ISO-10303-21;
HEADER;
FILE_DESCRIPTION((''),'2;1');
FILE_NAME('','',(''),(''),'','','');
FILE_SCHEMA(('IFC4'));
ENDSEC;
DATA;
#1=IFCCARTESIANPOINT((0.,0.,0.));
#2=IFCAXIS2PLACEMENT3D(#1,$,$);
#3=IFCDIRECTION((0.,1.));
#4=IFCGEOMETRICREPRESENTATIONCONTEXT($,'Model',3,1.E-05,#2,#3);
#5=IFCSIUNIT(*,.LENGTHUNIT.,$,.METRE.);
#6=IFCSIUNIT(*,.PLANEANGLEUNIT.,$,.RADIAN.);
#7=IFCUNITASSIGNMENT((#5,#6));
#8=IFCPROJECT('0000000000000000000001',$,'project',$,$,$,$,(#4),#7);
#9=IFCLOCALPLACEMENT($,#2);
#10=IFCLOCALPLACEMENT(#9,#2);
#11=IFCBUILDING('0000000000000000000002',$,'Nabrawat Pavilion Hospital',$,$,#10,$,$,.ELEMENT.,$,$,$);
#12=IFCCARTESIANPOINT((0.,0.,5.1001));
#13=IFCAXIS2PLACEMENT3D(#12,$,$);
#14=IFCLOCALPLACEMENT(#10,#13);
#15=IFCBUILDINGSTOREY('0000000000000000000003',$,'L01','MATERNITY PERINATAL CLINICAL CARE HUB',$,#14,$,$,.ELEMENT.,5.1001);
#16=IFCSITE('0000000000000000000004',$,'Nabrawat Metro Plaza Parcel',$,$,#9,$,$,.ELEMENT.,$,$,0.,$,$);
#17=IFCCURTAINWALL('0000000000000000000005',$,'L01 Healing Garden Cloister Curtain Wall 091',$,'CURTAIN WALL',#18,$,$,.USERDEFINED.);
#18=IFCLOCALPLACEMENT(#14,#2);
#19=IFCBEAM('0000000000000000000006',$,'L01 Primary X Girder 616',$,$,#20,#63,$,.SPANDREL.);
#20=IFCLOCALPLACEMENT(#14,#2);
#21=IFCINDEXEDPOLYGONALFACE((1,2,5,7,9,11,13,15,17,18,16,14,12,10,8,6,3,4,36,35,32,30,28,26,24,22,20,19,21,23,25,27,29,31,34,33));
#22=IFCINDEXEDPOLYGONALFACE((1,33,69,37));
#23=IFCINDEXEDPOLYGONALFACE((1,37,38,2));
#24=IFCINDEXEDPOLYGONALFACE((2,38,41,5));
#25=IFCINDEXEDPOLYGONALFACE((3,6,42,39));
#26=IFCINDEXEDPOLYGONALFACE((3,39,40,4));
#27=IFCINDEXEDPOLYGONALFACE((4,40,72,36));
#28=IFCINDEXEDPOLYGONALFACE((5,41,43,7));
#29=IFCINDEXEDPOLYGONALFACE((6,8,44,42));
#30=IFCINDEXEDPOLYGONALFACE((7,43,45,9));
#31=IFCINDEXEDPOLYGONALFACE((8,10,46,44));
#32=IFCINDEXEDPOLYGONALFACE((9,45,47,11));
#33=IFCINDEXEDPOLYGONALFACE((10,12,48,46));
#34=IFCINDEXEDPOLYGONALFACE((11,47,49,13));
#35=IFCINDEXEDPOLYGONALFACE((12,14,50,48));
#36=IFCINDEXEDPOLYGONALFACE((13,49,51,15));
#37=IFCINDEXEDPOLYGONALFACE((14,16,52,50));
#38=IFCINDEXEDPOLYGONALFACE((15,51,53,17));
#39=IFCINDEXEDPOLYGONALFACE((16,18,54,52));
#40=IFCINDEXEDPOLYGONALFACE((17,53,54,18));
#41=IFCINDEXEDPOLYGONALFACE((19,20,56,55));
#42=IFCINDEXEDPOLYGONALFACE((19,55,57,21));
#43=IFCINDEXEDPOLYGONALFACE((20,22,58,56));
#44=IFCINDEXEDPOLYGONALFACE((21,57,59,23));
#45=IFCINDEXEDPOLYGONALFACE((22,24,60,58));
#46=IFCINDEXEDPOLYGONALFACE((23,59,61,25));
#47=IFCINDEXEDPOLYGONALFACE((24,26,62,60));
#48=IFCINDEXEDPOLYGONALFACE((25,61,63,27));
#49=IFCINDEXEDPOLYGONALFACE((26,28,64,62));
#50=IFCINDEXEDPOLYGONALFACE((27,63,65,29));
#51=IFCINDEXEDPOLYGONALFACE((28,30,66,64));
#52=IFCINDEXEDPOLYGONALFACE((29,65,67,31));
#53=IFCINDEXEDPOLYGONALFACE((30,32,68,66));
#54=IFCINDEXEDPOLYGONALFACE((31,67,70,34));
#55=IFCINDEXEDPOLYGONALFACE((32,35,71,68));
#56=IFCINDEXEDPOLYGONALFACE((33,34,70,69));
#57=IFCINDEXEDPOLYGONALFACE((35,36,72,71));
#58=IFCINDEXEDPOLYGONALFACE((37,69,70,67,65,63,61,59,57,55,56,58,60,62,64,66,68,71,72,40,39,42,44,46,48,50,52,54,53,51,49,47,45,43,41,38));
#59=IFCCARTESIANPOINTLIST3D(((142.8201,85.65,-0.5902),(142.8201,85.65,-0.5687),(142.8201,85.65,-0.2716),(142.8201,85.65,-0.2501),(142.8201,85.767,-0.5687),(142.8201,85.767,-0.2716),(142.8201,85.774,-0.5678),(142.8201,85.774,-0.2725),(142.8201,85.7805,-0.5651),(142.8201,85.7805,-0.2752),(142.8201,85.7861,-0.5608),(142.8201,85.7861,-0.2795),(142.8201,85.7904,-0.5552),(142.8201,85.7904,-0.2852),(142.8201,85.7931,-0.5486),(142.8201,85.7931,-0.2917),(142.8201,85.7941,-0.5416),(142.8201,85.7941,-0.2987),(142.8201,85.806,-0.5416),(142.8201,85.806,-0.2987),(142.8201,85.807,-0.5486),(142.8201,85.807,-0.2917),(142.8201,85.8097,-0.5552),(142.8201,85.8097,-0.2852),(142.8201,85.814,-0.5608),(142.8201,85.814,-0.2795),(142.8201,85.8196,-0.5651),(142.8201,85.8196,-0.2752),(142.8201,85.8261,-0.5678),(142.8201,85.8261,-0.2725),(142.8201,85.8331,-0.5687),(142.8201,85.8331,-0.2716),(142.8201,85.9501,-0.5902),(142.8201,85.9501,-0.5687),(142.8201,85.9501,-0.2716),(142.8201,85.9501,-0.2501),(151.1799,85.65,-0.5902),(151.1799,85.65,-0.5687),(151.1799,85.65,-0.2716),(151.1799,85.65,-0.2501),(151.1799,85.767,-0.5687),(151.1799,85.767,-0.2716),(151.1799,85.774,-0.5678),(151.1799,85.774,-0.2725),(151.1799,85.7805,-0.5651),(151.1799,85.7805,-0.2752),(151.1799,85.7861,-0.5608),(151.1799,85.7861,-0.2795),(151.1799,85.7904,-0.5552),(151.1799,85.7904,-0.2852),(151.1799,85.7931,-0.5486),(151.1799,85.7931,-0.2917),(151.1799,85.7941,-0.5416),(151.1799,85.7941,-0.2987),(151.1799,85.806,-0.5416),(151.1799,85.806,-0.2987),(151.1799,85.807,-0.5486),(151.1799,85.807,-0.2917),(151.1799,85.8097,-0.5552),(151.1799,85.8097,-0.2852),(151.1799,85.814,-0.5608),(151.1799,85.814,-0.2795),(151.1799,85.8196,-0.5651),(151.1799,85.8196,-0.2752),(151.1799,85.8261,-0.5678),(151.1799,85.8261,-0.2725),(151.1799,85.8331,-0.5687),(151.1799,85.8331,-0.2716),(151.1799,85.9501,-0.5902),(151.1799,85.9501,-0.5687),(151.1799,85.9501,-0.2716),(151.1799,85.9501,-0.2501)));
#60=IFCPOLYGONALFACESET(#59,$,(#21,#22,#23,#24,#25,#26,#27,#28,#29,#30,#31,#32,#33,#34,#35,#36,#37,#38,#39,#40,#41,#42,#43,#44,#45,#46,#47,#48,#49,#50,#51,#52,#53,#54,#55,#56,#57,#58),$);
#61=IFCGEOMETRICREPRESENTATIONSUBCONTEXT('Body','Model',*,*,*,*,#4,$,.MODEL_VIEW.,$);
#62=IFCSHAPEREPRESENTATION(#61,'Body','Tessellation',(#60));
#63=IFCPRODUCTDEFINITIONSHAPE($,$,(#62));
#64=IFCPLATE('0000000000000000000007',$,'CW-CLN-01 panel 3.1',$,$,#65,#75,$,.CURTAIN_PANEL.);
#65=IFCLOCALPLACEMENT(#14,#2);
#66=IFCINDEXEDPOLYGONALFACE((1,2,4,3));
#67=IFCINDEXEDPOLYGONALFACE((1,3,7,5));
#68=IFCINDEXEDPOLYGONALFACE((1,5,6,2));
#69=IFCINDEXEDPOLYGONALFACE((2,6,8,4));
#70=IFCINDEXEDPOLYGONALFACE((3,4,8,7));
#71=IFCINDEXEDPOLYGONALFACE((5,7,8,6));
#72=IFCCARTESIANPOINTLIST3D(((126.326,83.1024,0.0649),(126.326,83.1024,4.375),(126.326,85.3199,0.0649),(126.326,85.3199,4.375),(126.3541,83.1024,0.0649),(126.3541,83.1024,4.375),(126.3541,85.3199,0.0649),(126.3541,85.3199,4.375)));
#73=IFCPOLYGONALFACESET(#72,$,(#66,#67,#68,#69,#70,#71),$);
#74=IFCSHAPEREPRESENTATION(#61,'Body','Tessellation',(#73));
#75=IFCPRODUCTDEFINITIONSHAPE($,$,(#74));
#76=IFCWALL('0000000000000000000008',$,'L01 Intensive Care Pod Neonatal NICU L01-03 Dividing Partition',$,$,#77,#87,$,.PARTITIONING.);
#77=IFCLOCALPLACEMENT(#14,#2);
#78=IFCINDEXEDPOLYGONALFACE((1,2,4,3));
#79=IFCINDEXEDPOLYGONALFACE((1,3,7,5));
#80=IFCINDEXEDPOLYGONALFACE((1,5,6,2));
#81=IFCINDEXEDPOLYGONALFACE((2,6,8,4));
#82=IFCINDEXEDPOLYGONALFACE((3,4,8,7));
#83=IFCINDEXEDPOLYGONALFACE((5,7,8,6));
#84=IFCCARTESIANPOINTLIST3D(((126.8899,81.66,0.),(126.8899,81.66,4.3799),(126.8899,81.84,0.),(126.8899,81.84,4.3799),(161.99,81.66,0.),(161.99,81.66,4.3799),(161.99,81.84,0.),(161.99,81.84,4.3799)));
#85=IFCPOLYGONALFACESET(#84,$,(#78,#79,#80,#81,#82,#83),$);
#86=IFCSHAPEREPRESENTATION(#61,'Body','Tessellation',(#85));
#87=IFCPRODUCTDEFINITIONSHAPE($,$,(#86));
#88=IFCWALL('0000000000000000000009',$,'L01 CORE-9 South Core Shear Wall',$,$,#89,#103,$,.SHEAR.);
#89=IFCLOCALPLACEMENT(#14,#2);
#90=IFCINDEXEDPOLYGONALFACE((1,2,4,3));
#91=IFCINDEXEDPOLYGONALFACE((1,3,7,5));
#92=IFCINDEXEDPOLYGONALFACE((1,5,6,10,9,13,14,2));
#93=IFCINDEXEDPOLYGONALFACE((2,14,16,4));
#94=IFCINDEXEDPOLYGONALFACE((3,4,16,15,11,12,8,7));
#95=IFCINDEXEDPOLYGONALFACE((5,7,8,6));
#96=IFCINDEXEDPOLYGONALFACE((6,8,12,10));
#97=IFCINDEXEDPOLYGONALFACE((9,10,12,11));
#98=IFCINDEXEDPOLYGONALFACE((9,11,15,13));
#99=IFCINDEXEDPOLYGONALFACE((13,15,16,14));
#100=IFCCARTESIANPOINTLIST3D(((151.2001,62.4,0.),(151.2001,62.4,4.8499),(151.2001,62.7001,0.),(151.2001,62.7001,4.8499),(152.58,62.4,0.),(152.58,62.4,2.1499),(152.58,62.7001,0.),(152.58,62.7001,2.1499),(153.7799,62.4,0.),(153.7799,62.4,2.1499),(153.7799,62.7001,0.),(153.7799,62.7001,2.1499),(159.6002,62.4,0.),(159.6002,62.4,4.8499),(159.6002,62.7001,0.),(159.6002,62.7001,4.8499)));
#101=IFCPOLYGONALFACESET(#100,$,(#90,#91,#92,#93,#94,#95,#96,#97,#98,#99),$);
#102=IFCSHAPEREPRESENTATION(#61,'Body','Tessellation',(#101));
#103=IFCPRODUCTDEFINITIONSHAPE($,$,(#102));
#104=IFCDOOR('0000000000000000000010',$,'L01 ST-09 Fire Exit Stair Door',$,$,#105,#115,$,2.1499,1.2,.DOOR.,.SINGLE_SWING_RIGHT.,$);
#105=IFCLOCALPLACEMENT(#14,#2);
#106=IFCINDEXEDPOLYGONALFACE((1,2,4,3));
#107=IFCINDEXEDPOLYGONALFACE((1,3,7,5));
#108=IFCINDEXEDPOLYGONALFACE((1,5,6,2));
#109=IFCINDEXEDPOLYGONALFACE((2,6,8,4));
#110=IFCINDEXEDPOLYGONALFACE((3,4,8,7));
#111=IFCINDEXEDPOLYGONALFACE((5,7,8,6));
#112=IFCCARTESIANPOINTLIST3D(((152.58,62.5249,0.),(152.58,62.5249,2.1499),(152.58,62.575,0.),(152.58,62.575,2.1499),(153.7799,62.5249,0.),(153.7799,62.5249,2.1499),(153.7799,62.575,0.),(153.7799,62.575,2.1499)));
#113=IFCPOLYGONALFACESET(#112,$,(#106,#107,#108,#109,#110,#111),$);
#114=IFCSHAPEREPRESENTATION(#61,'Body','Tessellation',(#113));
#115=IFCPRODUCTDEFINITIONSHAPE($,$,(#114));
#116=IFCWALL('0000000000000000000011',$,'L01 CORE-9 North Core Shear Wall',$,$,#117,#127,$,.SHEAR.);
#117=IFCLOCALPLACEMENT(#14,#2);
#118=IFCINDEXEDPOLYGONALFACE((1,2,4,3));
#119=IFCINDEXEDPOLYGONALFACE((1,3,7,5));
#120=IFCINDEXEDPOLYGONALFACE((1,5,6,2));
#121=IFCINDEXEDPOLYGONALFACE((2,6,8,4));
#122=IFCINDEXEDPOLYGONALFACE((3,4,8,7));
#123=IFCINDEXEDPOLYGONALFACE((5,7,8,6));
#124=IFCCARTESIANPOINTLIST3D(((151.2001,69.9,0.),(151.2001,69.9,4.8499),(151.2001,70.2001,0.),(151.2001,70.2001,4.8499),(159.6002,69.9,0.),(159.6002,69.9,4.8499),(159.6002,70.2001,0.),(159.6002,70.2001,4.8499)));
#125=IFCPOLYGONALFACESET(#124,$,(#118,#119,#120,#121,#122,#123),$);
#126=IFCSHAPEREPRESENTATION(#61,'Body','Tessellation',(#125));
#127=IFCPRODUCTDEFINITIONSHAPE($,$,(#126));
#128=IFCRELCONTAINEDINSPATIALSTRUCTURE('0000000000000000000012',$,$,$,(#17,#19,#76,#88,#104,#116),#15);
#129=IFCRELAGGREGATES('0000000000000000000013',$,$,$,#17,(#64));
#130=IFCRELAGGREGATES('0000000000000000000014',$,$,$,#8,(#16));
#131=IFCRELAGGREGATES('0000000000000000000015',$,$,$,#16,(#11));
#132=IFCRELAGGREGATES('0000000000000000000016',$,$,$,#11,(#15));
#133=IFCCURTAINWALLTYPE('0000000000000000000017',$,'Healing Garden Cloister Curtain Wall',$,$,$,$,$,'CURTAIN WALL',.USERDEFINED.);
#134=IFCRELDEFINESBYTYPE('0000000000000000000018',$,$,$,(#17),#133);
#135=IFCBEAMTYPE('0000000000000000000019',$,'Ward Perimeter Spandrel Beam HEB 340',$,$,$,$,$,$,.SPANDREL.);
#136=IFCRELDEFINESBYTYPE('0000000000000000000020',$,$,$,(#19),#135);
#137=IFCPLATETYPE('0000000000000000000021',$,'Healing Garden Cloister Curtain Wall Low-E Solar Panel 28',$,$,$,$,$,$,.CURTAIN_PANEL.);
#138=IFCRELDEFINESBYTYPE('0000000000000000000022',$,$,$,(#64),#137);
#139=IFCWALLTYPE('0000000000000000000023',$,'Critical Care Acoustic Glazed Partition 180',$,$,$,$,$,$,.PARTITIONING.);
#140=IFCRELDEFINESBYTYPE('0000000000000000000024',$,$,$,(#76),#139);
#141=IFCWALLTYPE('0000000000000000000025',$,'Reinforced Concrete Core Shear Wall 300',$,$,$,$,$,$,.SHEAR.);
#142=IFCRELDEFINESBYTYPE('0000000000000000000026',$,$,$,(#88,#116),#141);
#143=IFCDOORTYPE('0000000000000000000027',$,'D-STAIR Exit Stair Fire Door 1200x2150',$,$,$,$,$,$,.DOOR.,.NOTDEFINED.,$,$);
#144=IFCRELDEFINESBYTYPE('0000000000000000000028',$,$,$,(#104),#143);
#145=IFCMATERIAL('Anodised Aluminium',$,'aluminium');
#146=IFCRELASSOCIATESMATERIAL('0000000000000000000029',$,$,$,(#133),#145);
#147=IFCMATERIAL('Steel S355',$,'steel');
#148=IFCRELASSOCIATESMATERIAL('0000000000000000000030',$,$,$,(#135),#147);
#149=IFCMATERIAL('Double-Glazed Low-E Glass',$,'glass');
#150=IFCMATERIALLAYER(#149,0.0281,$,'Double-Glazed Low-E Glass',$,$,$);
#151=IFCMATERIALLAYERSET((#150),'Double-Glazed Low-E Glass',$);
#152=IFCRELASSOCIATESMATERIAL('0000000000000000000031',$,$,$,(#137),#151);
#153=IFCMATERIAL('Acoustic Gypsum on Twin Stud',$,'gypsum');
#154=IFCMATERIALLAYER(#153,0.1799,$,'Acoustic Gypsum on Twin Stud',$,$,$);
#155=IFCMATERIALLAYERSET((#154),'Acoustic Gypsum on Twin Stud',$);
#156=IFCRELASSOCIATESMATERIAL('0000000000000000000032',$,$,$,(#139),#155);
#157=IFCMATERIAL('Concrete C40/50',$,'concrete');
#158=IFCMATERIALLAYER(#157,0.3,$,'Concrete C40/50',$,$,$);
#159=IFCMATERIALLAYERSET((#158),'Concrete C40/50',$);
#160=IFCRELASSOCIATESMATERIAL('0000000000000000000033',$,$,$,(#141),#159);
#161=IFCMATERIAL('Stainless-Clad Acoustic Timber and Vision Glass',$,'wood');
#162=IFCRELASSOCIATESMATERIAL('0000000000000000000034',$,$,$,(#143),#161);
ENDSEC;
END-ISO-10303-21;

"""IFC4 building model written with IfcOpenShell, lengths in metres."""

from ifc_helpers import new_model, si_unit, direction, frame, frame_2d, origin, origin_2d, place, context, subcontext, project, spatial, rectangle, i_section, extrude, material, layer, layer_set, material_profile, profile_set, type_object, element, fill, aggregate, save


model = new_model("IFC4")

# Units and contexts
model_context = context("Model", 3, precision=1e-05, world=origin(), true_north=direction((0.0, 1.0)))
body_context = subcontext(model_context, "Body", "Model", "MODEL_VIEW")
ifc_project = project(units=[si_unit("LENGTHUNIT", "METRE"), si_unit("PLANEANGLEUNIT", "RADIAN")], contexts=[model_context])

# Site, building, storey
site_placement = place(None, origin())
site = spatial("IfcSite", under=ifc_project, at=site_placement, Name="Nabrawat Metro Plaza Parcel", CompositionType="ELEMENT", RefElevation=0.0)
building_placement = place(site_placement, origin())
building = spatial("IfcBuilding", under=site, at=building_placement, Name="Nabrawat Pavilion Hospital", CompositionType="ELEMENT")
storey_placement = place(building_placement, frame((0.0, 0.0, 5.1001)))
storey = spatial("IfcBuildingStorey", under=building, at=storey_placement, Name="L01", Description="MATERNITY PERINATAL CLINICAL CARE HUB", CompositionType="ELEMENT", Elevation=5.1001)

# Shared definitions
ifc_material_1 = material(Name="Steel S355", Category="steel")
ifc_material_2 = material(Name="Concrete C40/50", Category="concrete")

# Curtain wall
ifc_material_3 = material(Name="Anodised Aluminium", Category="aluminium")
curtain_wall_type = type_object("IfcCurtainWallType", Name="Healing Garden Cloister Curtain Wall", ElementType="CURTAIN WALL", PredefinedType="USERDEFINED", material=ifc_material_3)
curtain_wall_placement = place(storey_placement, origin())
curtain_wall = element("IfcCurtainWall", 1, at=curtain_wall_placement, inside=storey, type_object=curtain_wall_type, Name="L01 Healing Garden Cloister Curtain Wall 091", ObjectType="CURTAIN WALL", PredefinedType="USERDEFINED")

# Beam
ifc_material_profile_1 = material_profile(ifc_material_1, i_section(OverallWidth=0.3, OverallDepth=0.3401, WebThickness=0.012, FlangeThickness=0.0215, FilletRadius=0.0271, at=origin_2d()), Name="HEB 340")
ifc_profile_set_1 = profile_set([ifc_material_profile_1], Name="Steel S355")
beam_type_1 = type_object("IfcBeamType", Name="Ward Perimeter Spandrel Beam HEB 340", PredefinedType="SPANDREL", material=ifc_profile_set_1)
beam_1_placement = place(storey_placement, frame((142.8201, 85.8, -0.4202), z_axis=(1.0, 0.0, 0.0), x_axis=(0.0, 1.0, 0.0)))
element("IfcBeam", 2, at=beam_1_placement, inside=storey, type_object=beam_type_1, Name="L01 Primary X Girder 616", PredefinedType="SPANDREL", context=body_context, shape_type="SweptSolid", body=[
    extrude(i_section(OverallWidth=0.3, OverallDepth=0.3401, WebThickness=0.012, FlangeThickness=0.0215, FilletRadius=0.0271, at=origin_2d()), origin(), (0.0, 0.0, 1.0), 8.3599),
])

# Plate
ifc_material_4 = material(Name="Double-Glazed Low-E Glass", Category="glass")
ifc_layer_1 = layer(ifc_material_4, 0.0281, Name="Double-Glazed Low-E Glass")
ifc_layer_set_1 = layer_set([ifc_layer_1], Name="Double-Glazed Low-E Glass")
plate_type = type_object("IfcPlateType", Name="Healing Garden Cloister Curtain Wall Low-E Solar Panel 28", PredefinedType="CURTAIN_PANEL", material=ifc_layer_set_1)
plate_placement = place(storey_placement, frame((126.3401, 84.2112, 0.0649), z_axis=(0.0, 0.0, 1.0), x_axis=(0.0, 1.0, 0.0)))
plate = element("IfcPlate", 3, at=plate_placement, type_object=plate_type, Name="CW-CLN-01 panel 3.1", PredefinedType="CURTAIN_PANEL", context=body_context, shape_type="SweptSolid", body=[
    extrude(rectangle(XDim=2.2175, YDim=0.0281, at=origin_2d()), origin(), (0.0, 0.0, 1.0), 4.3101),
])
aggregate(curtain_wall, [plate])

# Wall
ifc_material_5 = material(Name="Acoustic Gypsum on Twin Stud", Category="gypsum")
ifc_layer_2 = layer(ifc_material_5, 0.1799, Name="Acoustic Gypsum on Twin Stud")
ifc_layer_set_2 = layer_set([ifc_layer_2], Name="Acoustic Gypsum on Twin Stud")
wall_type_1 = type_object("IfcWallType", Name="Critical Care Acoustic Glazed Partition 180", PredefinedType="PARTITIONING", material=ifc_layer_set_2)
wall_1_placement = place(storey_placement, frame((126.8899, 81.75, 0.0), z_axis=(0.0, 0.0, 1.0), x_axis=(1.0, 0.0, 0.0)))
element("IfcWall", 4, at=wall_1_placement, inside=storey, type_object=wall_type_1, Name="L01 Intensive Care Pod Neonatal NICU L01-03 Dividing Partition", PredefinedType="PARTITIONING", context=body_context, shape_type="SweptSolid", body=[
    extrude(rectangle(XDim=35.1001, YDim=0.1799, at=frame_2d((17.55, 0.0))), origin(), (0.0, 0.0, 1.0), 4.3799),
])

# Wall, opening, door
ifc_layer_3 = layer(ifc_material_2, 0.3, Name="Concrete C40/50")
ifc_layer_set_3 = layer_set([ifc_layer_3], Name="Concrete C40/50")
wall_type_2 = type_object("IfcWallType", Name="Reinforced Concrete Core Shear Wall 300", PredefinedType="SHEAR", material=ifc_layer_set_3)
wall_2_placement = place(storey_placement, frame((151.2, 62.55, 0.0), z_axis=(0.0, 0.0, 1.0), x_axis=(1.0, 0.0, 0.0)))
wall_2 = element("IfcWall", 5, at=wall_2_placement, inside=storey, type_object=wall_type_2, Name="L01 CORE-9 South Core Shear Wall", PredefinedType="SHEAR", context=body_context, shape_type="SweptSolid", body=[
    extrude(rectangle(XDim=8.4001, YDim=0.3, at=frame_2d((4.2002, 0.0))), origin(), (0.0, 0.0, 1.0), 4.8499),
])
opening_placement = place(wall_2_placement, frame((1.3799, 0.0, 0.0)))
opening = element("IfcOpeningElement", 6, at=opening_placement, cuts=wall_2, PredefinedType="OPENING", context=body_context, shape_type="SweptSolid", body=[
    extrude(rectangle(XDim=1.2, YDim=2.1499, at=frame_2d((0.6001, 1.075))), frame((0.0, 0.1602, 0.0), z_axis=(0.0, -1.0, 0.0), x_axis=(1.0, 0.0, 0.0)), (0.0, 0.0, 1.0), 0.3201),
])
ifc_material_6 = material(Name="Stainless-Clad Acoustic Timber and Vision Glass", Category="wood")
door_type = type_object("IfcDoorType", Name="D-STAIR Exit Stair Fire Door 1200x2150", OperationType="NOTDEFINED", PredefinedType="DOOR", material=ifc_material_6)
door_placement = place(opening_placement, origin())
door = element("IfcDoor", 7, at=door_placement, inside=storey, type_object=door_type, Name="L01 ST-09 Fire Exit Stair Door", OperationType="SINGLE_SWING_RIGHT", OverallHeight=2.1499, OverallWidth=1.2, PredefinedType="DOOR", context=body_context, shape_type="SweptSolid", body=[
    extrude(rectangle(XDim=1.2, YDim=2.1499, at=frame_2d((0.6001, 1.075))), frame((0.0, 0.0249, 0.0), z_axis=(0.0, -1.0, 0.0), x_axis=(1.0, 0.0, 0.0)), (0.0, 0.0, 1.0), 0.05),
])
fill(opening, door)

# Wall
wall_3_placement = place(storey_placement, frame((151.2, 70.05, 0.0), z_axis=(0.0, 0.0, 1.0), x_axis=(1.0, 0.0, 0.0)))
element("IfcWall", 8, at=wall_3_placement, inside=storey, type_object=wall_type_2, Name="L01 CORE-9 North Core Shear Wall", PredefinedType="SHEAR", context=body_context, shape_type="SweptSolid", body=[
    extrude(rectangle(XDim=8.4001, YDim=0.3, at=frame_2d((4.2002, 0.0))), origin(), (0.0, 0.0, 1.0), 4.8499),
])

save(model, "model.ifc")
